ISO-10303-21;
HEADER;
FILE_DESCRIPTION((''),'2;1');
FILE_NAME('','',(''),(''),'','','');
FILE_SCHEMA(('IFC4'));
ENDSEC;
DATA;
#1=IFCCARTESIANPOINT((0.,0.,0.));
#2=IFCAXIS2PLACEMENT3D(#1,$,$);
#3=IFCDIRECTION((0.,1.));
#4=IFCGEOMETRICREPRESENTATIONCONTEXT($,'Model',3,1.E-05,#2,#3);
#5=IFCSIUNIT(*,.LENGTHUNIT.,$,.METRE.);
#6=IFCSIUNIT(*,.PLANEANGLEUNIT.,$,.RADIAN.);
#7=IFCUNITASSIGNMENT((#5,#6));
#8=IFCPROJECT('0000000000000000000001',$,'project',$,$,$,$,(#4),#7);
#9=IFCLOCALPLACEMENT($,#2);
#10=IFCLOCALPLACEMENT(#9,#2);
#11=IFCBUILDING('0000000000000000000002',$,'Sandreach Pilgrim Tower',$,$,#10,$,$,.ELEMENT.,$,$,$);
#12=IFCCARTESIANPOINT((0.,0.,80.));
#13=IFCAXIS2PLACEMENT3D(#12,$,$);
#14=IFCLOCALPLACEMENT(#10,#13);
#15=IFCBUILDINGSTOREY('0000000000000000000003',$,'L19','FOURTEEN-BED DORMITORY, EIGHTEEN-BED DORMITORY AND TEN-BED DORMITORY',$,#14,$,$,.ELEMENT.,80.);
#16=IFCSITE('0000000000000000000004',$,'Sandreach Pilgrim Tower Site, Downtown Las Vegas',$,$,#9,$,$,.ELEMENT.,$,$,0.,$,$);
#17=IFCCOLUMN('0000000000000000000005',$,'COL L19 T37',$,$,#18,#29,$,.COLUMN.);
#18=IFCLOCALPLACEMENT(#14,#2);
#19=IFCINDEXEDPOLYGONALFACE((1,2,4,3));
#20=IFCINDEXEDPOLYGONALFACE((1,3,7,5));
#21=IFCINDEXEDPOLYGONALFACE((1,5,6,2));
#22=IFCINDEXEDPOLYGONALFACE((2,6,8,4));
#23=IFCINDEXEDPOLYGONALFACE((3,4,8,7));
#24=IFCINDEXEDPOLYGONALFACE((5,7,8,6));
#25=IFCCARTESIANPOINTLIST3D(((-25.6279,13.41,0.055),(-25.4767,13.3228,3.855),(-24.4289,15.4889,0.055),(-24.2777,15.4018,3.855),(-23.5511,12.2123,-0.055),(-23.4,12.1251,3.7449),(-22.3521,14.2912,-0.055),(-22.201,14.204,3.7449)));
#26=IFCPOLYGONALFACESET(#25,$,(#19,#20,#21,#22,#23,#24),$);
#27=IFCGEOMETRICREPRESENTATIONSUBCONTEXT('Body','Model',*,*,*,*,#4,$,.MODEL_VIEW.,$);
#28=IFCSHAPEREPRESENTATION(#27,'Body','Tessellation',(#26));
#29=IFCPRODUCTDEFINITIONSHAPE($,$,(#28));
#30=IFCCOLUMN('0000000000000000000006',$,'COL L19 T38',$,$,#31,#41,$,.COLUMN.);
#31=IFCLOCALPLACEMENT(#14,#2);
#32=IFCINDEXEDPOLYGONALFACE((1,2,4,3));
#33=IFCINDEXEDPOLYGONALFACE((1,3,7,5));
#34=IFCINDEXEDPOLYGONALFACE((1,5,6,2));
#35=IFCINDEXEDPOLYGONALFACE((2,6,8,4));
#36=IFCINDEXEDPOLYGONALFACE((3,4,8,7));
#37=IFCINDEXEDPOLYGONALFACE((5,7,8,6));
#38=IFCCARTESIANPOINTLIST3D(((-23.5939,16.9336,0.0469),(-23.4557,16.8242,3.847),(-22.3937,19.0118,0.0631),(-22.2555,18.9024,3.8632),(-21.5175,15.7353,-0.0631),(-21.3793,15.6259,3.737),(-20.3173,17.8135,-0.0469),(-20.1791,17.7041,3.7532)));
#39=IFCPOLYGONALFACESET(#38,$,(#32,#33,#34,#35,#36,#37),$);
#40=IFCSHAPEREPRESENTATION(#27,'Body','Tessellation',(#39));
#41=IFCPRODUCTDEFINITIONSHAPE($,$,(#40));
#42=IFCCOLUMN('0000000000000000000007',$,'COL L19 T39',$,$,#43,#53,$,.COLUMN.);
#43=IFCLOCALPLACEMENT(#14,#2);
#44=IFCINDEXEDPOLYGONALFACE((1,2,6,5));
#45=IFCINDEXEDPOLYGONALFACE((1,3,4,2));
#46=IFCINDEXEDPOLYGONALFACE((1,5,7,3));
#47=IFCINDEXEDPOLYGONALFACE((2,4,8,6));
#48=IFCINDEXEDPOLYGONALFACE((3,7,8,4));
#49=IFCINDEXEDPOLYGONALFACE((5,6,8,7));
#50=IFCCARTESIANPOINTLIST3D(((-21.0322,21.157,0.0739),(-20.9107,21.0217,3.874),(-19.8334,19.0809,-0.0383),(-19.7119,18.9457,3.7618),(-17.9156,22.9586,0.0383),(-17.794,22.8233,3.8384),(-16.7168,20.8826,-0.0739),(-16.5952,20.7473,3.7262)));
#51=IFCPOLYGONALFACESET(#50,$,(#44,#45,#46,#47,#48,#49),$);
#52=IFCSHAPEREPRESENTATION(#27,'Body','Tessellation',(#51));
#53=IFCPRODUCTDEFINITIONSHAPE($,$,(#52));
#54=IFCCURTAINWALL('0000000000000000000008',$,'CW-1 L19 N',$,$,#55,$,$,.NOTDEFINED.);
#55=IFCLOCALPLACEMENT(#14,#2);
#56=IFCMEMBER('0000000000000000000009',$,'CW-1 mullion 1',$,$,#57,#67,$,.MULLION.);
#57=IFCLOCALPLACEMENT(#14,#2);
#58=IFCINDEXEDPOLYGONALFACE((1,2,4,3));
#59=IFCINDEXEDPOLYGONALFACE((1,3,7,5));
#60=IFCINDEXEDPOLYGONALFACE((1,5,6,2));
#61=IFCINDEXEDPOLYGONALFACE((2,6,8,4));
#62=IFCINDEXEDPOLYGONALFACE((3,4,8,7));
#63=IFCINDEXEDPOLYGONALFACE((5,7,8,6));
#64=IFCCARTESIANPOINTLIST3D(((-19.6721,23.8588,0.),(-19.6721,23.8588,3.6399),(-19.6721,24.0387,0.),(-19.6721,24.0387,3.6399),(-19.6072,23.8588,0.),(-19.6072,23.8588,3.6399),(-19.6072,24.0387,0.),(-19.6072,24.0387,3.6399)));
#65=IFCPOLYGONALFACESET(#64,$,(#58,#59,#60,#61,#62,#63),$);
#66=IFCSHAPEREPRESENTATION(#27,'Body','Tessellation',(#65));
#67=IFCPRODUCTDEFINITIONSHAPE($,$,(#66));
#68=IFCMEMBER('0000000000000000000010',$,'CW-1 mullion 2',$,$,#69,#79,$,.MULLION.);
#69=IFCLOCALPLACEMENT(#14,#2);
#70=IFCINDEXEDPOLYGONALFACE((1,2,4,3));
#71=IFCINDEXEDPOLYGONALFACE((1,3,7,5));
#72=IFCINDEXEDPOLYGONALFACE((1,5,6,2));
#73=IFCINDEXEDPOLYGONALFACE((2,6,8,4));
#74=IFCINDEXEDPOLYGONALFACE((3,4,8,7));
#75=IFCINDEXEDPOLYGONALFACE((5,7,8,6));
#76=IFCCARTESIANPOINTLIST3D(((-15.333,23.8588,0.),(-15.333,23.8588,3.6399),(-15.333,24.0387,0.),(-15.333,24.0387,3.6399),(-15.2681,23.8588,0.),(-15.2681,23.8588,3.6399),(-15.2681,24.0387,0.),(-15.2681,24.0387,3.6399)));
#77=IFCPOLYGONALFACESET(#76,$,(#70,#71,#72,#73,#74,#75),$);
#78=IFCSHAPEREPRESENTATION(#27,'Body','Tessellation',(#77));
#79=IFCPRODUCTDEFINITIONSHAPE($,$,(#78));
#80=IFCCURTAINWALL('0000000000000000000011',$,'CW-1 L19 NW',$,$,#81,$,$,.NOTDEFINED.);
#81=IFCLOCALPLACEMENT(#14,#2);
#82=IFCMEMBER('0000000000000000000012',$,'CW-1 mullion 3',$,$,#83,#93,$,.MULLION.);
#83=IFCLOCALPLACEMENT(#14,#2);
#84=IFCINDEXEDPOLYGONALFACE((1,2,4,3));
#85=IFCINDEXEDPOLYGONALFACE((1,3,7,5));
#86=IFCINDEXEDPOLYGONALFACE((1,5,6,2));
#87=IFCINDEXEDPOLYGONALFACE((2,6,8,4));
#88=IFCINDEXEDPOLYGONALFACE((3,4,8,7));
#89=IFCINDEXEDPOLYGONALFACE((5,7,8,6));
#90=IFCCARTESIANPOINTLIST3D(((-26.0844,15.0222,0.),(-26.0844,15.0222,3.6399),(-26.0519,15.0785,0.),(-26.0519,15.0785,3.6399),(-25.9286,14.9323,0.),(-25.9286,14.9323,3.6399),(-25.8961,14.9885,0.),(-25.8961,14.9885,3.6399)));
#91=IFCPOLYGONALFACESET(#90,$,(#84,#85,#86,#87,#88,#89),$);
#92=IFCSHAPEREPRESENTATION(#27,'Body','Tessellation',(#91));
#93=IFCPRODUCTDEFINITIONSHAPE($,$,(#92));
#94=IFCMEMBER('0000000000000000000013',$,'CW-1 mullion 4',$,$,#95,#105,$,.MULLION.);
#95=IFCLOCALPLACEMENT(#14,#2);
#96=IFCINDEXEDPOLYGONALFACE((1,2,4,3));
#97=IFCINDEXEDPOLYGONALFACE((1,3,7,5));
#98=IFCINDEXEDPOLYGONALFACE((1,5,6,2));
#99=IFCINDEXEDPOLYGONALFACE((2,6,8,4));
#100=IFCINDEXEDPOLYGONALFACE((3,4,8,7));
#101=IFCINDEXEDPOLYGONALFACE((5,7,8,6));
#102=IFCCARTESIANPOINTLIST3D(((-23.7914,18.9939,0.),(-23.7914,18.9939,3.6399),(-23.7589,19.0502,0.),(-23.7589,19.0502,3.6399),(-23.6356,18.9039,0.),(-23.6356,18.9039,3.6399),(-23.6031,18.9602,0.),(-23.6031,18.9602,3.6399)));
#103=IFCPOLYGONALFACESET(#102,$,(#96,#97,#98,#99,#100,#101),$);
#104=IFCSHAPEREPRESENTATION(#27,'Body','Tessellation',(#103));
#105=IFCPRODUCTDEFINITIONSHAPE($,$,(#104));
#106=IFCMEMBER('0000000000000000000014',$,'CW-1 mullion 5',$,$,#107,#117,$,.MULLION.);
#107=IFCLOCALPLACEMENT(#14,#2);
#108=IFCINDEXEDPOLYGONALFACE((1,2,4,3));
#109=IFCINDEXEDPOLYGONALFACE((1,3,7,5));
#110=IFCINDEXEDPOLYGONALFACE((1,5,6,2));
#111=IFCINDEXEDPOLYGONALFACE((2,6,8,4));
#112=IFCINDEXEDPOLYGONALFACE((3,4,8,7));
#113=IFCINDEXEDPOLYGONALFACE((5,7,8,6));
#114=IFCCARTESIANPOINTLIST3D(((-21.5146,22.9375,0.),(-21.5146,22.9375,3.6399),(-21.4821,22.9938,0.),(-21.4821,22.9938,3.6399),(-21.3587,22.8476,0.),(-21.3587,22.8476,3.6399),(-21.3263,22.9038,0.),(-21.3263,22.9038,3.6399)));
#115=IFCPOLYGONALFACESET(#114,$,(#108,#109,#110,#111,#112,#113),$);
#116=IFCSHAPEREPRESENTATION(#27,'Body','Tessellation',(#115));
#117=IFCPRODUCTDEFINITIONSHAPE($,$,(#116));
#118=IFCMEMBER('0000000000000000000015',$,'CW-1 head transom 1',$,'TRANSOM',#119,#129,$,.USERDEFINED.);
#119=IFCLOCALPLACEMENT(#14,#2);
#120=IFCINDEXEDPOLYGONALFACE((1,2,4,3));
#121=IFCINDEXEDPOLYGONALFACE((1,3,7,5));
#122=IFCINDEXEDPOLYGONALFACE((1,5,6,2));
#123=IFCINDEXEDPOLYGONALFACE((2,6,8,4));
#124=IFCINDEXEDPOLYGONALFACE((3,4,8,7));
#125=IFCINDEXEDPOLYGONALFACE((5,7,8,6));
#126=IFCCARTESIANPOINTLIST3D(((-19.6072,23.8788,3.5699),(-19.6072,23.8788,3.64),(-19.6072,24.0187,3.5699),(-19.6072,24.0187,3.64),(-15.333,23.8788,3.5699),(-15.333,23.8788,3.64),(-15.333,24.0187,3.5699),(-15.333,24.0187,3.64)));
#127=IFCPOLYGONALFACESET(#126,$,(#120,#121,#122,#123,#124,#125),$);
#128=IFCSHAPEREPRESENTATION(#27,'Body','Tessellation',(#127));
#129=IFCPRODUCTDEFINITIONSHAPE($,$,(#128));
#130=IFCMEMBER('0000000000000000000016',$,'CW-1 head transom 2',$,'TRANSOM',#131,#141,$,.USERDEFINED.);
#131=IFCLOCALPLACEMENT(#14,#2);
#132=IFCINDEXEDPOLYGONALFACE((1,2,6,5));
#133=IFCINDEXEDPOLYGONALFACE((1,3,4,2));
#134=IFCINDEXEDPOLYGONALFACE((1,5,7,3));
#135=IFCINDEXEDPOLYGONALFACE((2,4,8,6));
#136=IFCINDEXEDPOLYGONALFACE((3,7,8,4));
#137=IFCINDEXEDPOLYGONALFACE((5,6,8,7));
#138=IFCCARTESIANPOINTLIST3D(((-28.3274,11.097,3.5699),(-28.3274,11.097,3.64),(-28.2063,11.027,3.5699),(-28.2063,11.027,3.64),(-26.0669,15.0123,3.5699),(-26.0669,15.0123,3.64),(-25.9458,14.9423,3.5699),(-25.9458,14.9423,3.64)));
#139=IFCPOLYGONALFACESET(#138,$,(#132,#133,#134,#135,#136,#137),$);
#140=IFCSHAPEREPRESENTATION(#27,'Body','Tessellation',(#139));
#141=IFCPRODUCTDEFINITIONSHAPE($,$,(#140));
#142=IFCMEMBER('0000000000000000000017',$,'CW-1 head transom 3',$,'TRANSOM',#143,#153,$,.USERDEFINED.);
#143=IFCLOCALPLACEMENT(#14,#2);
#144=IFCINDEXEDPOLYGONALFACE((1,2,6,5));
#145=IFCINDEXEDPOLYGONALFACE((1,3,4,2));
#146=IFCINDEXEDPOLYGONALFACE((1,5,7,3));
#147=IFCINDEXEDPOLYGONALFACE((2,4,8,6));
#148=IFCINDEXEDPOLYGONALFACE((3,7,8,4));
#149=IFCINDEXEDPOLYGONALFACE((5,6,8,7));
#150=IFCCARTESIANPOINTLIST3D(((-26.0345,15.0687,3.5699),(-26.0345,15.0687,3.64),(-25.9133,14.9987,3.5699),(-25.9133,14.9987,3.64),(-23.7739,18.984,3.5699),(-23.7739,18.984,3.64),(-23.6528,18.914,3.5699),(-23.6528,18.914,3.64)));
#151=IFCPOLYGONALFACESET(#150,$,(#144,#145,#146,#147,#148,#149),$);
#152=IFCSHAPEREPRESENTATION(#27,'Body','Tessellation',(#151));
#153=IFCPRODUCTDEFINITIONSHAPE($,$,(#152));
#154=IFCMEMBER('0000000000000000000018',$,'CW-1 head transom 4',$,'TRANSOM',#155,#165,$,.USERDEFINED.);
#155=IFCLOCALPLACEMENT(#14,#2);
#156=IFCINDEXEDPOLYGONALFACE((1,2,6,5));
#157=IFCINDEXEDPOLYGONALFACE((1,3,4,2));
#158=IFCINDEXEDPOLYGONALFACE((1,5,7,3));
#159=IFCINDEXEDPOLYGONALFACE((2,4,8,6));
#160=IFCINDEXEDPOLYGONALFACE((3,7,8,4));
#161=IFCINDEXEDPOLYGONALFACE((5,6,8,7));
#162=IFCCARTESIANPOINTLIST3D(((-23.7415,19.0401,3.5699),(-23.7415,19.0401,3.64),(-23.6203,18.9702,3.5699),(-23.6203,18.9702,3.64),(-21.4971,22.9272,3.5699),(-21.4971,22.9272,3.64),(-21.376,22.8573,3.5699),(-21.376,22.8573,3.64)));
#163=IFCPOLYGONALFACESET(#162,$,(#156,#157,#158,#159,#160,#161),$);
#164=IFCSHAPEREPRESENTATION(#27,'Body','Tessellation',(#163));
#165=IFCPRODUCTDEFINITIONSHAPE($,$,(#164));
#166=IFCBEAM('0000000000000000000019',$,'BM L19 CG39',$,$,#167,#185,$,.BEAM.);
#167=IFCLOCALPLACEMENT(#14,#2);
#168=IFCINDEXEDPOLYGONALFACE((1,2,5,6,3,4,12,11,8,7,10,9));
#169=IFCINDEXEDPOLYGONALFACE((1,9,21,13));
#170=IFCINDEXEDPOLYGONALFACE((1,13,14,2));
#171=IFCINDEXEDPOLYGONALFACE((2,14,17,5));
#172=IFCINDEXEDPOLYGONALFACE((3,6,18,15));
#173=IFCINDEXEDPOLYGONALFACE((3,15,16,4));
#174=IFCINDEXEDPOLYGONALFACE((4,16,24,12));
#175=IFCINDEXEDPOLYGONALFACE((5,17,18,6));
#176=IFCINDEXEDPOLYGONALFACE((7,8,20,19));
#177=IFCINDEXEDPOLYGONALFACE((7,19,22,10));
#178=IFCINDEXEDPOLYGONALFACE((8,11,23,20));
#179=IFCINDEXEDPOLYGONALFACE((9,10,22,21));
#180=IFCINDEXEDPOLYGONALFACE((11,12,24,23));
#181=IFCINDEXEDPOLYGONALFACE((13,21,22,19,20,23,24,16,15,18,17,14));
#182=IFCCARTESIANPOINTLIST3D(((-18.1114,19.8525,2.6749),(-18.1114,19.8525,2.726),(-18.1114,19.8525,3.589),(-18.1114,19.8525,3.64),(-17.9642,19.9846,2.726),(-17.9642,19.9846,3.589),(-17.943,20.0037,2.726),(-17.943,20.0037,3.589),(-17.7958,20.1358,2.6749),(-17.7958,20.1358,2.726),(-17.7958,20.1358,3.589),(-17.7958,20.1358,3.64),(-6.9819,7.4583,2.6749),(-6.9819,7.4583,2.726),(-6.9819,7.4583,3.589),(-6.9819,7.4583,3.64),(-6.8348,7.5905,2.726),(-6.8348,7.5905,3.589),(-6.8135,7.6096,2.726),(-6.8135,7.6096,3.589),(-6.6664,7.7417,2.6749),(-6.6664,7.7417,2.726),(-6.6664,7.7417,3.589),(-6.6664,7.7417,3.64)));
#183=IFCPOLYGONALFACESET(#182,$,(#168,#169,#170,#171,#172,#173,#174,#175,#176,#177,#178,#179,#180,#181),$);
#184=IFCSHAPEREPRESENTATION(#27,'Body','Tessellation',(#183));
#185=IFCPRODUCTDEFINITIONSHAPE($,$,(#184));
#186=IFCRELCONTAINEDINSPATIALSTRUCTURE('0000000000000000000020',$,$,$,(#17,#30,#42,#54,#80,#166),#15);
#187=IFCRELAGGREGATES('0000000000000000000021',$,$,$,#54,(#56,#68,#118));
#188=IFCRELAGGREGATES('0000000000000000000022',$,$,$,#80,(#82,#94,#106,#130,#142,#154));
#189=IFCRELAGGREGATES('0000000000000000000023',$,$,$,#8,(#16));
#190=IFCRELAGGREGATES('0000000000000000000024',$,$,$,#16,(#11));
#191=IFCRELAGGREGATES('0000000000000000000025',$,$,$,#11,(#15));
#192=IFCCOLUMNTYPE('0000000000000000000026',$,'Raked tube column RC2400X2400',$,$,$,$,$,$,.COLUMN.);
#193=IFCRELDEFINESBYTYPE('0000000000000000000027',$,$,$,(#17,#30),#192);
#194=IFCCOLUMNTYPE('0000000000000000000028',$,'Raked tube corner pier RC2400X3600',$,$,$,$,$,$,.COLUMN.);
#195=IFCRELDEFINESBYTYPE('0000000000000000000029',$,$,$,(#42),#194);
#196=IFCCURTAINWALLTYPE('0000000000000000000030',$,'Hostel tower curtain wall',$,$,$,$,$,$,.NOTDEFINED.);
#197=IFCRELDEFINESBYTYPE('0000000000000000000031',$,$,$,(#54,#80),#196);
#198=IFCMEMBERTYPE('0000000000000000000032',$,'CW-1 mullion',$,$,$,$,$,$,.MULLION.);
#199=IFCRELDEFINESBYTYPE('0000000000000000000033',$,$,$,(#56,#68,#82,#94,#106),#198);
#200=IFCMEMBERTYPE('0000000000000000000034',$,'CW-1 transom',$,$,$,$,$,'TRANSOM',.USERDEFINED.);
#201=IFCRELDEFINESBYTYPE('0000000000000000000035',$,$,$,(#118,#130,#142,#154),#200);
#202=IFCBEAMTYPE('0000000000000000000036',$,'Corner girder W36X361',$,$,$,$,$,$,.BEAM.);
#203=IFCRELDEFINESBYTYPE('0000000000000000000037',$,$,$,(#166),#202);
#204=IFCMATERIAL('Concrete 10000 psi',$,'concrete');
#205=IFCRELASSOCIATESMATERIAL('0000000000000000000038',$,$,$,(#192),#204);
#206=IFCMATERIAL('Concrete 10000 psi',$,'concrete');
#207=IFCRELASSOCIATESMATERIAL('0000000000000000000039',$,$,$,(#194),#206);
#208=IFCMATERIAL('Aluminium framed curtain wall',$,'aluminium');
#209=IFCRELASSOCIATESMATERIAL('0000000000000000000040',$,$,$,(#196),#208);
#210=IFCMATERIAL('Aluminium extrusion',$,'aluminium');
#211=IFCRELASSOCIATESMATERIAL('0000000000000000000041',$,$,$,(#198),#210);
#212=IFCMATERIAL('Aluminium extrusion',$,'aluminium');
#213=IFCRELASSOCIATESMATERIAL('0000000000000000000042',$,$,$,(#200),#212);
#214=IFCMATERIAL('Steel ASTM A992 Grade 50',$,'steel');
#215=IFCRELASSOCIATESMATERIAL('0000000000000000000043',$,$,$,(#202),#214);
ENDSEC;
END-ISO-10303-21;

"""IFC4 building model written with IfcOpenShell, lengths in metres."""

from ifc_helpers import new_model, si_unit, direction, frame, origin, origin_2d, place, context, subcontext, project, spatial, rectangle, i_section, extrude, material, material_profile, profile_set, type_object, element, aggregate, save


model = new_model("IFC4")

# Units and contexts
model_context = context("Model", 3, precision=1e-05, world=origin(), true_north=direction((0.0, 1.0)))
body_context = subcontext(model_context, "Body", "Model", "MODEL_VIEW")
ifc_project = project(units=[si_unit("LENGTHUNIT", "METRE"), si_unit("PLANEANGLEUNIT", "RADIAN")], contexts=[model_context])

# Site, building, storey
site_placement = place(None, origin())
site = spatial("IfcSite", under=ifc_project, at=site_placement, Name="Sandreach Pilgrim Tower Site, Downtown Las Vegas", CompositionType="ELEMENT", RefElevation=0.0)
building_placement = place(site_placement, origin())
building = spatial("IfcBuilding", under=site, at=building_placement, Name="Sandreach Pilgrim Tower", CompositionType="ELEMENT")
storey_placement = place(building_placement, frame((0.0, 0.0, 80.0)))
storey = spatial("IfcBuildingStorey", under=building, at=storey_placement, Name="L19", Description="FOURTEEN-BED DORMITORY, EIGHTEEN-BED DORMITORY AND TEN-BED DORMITORY", CompositionType="ELEMENT", Elevation=80.0)

# Columns
ifc_material_1 = material(Name="Concrete 10000 psi", Category="concrete")
ifc_material_profile_1 = material_profile(ifc_material_1, rectangle(XDim=2.3999, YDim=2.3999, at=origin_2d()), Name="RC2400X2400")
ifc_profile_set_1 = profile_set([ifc_material_profile_1], Name="Concrete 10000 psi")
column_type_1 = type_object("IfcColumnType", Name="Raked tube column RC2400X2400", PredefinedType="COLUMN", material=ifc_profile_set_1)
column_1_placement = place(storey_placement, frame((-23.99, 13.8506, 0.0), z_axis=(0.039727, -0.022912, 0.998948), x_axis=(-0.865344, 0.499076, 0.04586)))
element("IfcColumn", 1, at=column_1_placement, inside=storey, type_object=column_type_1, Name="COL L19 T37", PredefinedType="COLUMN", context=body_context, shape_type="SweptSolid", body=[
    extrude(rectangle(XDim=2.3999, YDim=2.3999, at=origin_2d()), origin(), (0.0, 0.0, 1.0), 3.804),
])
column_2_placement = place(storey_placement, frame((-21.9556, 17.3735, 0.0), z_axis=(0.036325, -0.028752, 0.998926), x_axis=(-0.865203, 0.499322, 0.045834)))
element("IfcColumn", 2, at=column_2_placement, inside=storey, type_object=column_type_1, Name="COL L19 T38", PredefinedType="COLUMN", context=body_context, shape_type="SweptSolid", body=[
    extrude(rectangle(XDim=2.3999, YDim=2.3999, at=origin_2d()), origin(), (0.0, 0.0, 1.0), 3.8042),
])
ifc_material_2 = material(Name="Concrete 10000 psi", Category="concrete")
ifc_material_profile_2 = material_profile(ifc_material_2, rectangle(XDim=2.3999, YDim=3.6001, at=origin_2d()), Name="RC2400X3600")
ifc_profile_set_2 = profile_set([ifc_material_profile_2], Name="Concrete 10000 psi")
column_type_2 = type_object("IfcColumnType", Name="Raked tube corner pier RC2400X3600", PredefinedType="COLUMN", material=ifc_profile_set_2)
column_3_placement = place(storey_placement, frame((-18.8745, 21.0198, 0.0), z_axis=(0.031958, -0.035552, 0.998857), x_axis=(-0.49952, 0.865039, 0.046771)))
element("IfcColumn", 3, at=column_3_placement, inside=storey, type_object=column_type_2, Name="COL L19 T39", PredefinedType="COLUMN", context=body_context, shape_type="SweptSolid", body=[
    extrude(rectangle(XDim=2.3999, YDim=3.6001, at=origin_2d()), origin(), (0.0, 0.0, 1.0), 3.8044),
])

# Curtain walls, members
ifc_material_3 = material(Name="Aluminium framed curtain wall", Category="aluminium")
curtain_wall_type = type_object("IfcCurtainWallType", Name="Hostel tower curtain wall", PredefinedType="NOTDEFINED", material=ifc_material_3)
curtain_wall_1_placement = place(storey_placement, origin())
curtain_wall_1 = element("IfcCurtainWall", 4, at=curtain_wall_1_placement, inside=storey, type_object=curtain_wall_type, Name="CW-1 L19 N", PredefinedType="NOTDEFINED")
ifc_material_4 = material(Name="Aluminium extrusion", Category="aluminium")
ifc_material_profile_3 = material_profile(ifc_material_4, rectangle(XDim=0.0649, YDim=0.1799, at=origin_2d()), Name="CW-1M 65X180")
ifc_profile_set_3 = profile_set([ifc_material_profile_3], Name="Aluminium extrusion")
member_type_1 = type_object("IfcMemberType", Name="CW-1 mullion", PredefinedType="MULLION", material=ifc_profile_set_3)
member_1_placement = place(storey_placement, frame((-19.6396, 23.9487, 0.0), z_axis=(0.0, 0.0, 1.0), x_axis=(1.0, 0.0, 0.0)))
member_1 = element("IfcMember", 5, at=member_1_placement, type_object=member_type_1, Name="CW-1 mullion 1", PredefinedType="MULLION", context=body_context, shape_type="SweptSolid", body=[
    extrude(rectangle(XDim=0.0649, YDim=0.1799, at=origin_2d()), origin(), (0.0, 0.0, 1.0), 3.6399),
])
member_2_placement = place(storey_placement, frame((-15.3005, 23.9487, 0.0), z_axis=(0.0, 0.0, 1.0), x_axis=(1.0, 0.0, 0.0)))
member_2 = element("IfcMember", 6, at=member_2_placement, type_object=member_type_1, Name="CW-1 mullion 2", PredefinedType="MULLION", context=body_context, shape_type="SweptSolid", body=[
    extrude(rectangle(XDim=0.0649, YDim=0.1799, at=origin_2d()), origin(), (0.0, 0.0, 1.0), 3.6399),
])
curtain_wall_2_placement = place(storey_placement, origin())
curtain_wall_2 = element("IfcCurtainWall", 7, at=curtain_wall_2_placement, inside=storey, type_object=curtain_wall_type, Name="CW-1 L19 NW", PredefinedType="NOTDEFINED")
member_3_placement = place(storey_placement, frame((-25.9902, 15.0054, 0.0), z_axis=(0.0, 0.0, 1.0), x_axis=(0.5, 0.866025, 0.0)))
member_3 = element("IfcMember", 8, at=member_3_placement, type_object=member_type_1, Name="CW-1 mullion 3", PredefinedType="MULLION", context=body_context, shape_type="SweptSolid", body=[
    extrude(rectangle(XDim=0.0649, YDim=0.1799, at=origin_2d()), origin(), (0.0, 0.0, 1.0), 3.6399),
])
member_4_placement = place(storey_placement, frame((-23.6973, 18.9771, 0.0), z_axis=(0.0, 0.0, 1.0), x_axis=(0.5, 0.866025, 0.0)))
member_4 = element("IfcMember", 9, at=member_4_placement, type_object=member_type_1, Name="CW-1 mullion 4", PredefinedType="MULLION", context=body_context, shape_type="SweptSolid", body=[
    extrude(rectangle(XDim=0.0649, YDim=0.1799, at=origin_2d()), origin(), (0.0, 0.0, 1.0), 3.6399),
])
member_5_placement = place(storey_placement, frame((-21.4204, 22.9207, 0.0), z_axis=(0.0, 0.0, 1.0), x_axis=(0.5, 0.866025, 0.0)))
member_5 = element("IfcMember", 10, at=member_5_placement, type_object=member_type_1, Name="CW-1 mullion 5", PredefinedType="MULLION", context=body_context, shape_type="SweptSolid", body=[
    extrude(rectangle(XDim=0.0649, YDim=0.1799, at=origin_2d()), origin(), (0.0, 0.0, 1.0), 3.6399),
])

# Members
ifc_material_5 = material(Name="Aluminium extrusion", Category="aluminium")
ifc_material_profile_4 = material_profile(ifc_material_5, rectangle(XDim=0.1399, YDim=0.0701, at=origin_2d()), Name="CW-1T 140X70")
ifc_profile_set_4 = profile_set([ifc_material_profile_4], Name="Aluminium extrusion")
member_type_2 = type_object("IfcMemberType", Name="CW-1 transom", ElementType="TRANSOM", PredefinedType="USERDEFINED", material=ifc_profile_set_4)
member_6_placement = place(storey_placement, frame((-19.6072, 23.9487, 3.605), z_axis=(1.0, 0.0, 0.0), x_axis=(0.0, 1.0, 0.0)))
member_6 = element("IfcMember", 11, at=member_6_placement, type_object=member_type_2, Name="CW-1 head transom 1", ObjectType="TRANSOM", PredefinedType="USERDEFINED", context=body_context, shape_type="SweptSolid", body=[
    extrude(rectangle(XDim=0.1399, YDim=0.0701, at=origin_2d()), origin(), (0.0, 0.0, 1.0), 4.2742),
])
member_7_placement = place(storey_placement, frame((-28.2668, 11.062, 3.605), z_axis=(0.500001, 0.866025, 0.0), x_axis=(-0.866025, 0.500001, 0.0)))
member_7 = element("IfcMember", 12, at=member_7_placement, type_object=member_type_2, Name="CW-1 head transom 2", ObjectType="TRANSOM", PredefinedType="USERDEFINED", context=body_context, shape_type="SweptSolid", body=[
    extrude(rectangle(XDim=0.1399, YDim=0.0701, at=origin_2d()), origin(), (0.0, 0.0, 1.0), 4.521),
])
member_8_placement = place(storey_placement, frame((-25.9739, 15.0337, 3.605), z_axis=(0.500001, 0.866025, 0.0), x_axis=(-0.866025, 0.500001, 0.0)))
member_8 = element("IfcMember", 13, at=member_8_placement, type_object=member_type_2, Name="CW-1 head transom 3", ObjectType="TRANSOM", PredefinedType="USERDEFINED", context=body_context, shape_type="SweptSolid", body=[
    extrude(rectangle(XDim=0.1399, YDim=0.0701, at=origin_2d()), origin(), (0.0, 0.0, 1.0), 4.521),
])
member_9_placement = place(storey_placement, frame((-23.6809, 19.0051, 3.605), z_axis=(0.500018, 0.866015, 0.0), x_axis=(-0.866015, 0.500018, 0.0)))
member_9 = element("IfcMember", 14, at=member_9_placement, type_object=member_type_2, Name="CW-1 head transom 4", ObjectType="TRANSOM", PredefinedType="USERDEFINED", context=body_context, shape_type="SweptSolid", body=[
    extrude(rectangle(XDim=0.1399, YDim=0.0701, at=origin_2d()), origin(), (0.0, 0.0, 1.0), 4.4885),
])

# Beam
ifc_material_6 = material(Name="Steel ASTM A992 Grade 50", Category="steel")
ifc_material_profile_5 = material_profile(ifc_material_6, i_section(OverallWidth=0.4241, OverallDepth=0.9651, WebThickness=0.0286, FlangeThickness=0.051, at=origin_2d()), Name="W36X361")
ifc_profile_set_5 = profile_set([ifc_material_profile_5], Name="Steel ASTM A992 Grade 50")
beam_type_1 = type_object("IfcBeamType", Name="Corner girder W36X361", PredefinedType="BEAM", material=ifc_profile_set_5)
beam_1_placement = place(storey_placement, frame((-17.9536, 19.9941, 3.1575), z_axis=(0.668127, -0.744047, 0.0), x_axis=(0.744047, 0.668127, 0.0)))
element("IfcBeam", 15, at=beam_1_placement, inside=storey, type_object=beam_type_1, Name="BM L19 CG39", PredefinedType="BEAM", context=body_context, shape_type="SweptSolid", body=[
    extrude(i_section(OverallWidth=0.4241, OverallDepth=0.9651, WebThickness=0.0286, FlangeThickness=0.051, at=origin_2d()), origin(), (0.0, 0.0, 1.0), 16.6577),
])

aggregate(curtain_wall_1, [member_1, member_2, member_6])
aggregate(curtain_wall_2, [member_3, member_4, member_5, member_7, member_8, member_9])

save(model, "model.ifc")
